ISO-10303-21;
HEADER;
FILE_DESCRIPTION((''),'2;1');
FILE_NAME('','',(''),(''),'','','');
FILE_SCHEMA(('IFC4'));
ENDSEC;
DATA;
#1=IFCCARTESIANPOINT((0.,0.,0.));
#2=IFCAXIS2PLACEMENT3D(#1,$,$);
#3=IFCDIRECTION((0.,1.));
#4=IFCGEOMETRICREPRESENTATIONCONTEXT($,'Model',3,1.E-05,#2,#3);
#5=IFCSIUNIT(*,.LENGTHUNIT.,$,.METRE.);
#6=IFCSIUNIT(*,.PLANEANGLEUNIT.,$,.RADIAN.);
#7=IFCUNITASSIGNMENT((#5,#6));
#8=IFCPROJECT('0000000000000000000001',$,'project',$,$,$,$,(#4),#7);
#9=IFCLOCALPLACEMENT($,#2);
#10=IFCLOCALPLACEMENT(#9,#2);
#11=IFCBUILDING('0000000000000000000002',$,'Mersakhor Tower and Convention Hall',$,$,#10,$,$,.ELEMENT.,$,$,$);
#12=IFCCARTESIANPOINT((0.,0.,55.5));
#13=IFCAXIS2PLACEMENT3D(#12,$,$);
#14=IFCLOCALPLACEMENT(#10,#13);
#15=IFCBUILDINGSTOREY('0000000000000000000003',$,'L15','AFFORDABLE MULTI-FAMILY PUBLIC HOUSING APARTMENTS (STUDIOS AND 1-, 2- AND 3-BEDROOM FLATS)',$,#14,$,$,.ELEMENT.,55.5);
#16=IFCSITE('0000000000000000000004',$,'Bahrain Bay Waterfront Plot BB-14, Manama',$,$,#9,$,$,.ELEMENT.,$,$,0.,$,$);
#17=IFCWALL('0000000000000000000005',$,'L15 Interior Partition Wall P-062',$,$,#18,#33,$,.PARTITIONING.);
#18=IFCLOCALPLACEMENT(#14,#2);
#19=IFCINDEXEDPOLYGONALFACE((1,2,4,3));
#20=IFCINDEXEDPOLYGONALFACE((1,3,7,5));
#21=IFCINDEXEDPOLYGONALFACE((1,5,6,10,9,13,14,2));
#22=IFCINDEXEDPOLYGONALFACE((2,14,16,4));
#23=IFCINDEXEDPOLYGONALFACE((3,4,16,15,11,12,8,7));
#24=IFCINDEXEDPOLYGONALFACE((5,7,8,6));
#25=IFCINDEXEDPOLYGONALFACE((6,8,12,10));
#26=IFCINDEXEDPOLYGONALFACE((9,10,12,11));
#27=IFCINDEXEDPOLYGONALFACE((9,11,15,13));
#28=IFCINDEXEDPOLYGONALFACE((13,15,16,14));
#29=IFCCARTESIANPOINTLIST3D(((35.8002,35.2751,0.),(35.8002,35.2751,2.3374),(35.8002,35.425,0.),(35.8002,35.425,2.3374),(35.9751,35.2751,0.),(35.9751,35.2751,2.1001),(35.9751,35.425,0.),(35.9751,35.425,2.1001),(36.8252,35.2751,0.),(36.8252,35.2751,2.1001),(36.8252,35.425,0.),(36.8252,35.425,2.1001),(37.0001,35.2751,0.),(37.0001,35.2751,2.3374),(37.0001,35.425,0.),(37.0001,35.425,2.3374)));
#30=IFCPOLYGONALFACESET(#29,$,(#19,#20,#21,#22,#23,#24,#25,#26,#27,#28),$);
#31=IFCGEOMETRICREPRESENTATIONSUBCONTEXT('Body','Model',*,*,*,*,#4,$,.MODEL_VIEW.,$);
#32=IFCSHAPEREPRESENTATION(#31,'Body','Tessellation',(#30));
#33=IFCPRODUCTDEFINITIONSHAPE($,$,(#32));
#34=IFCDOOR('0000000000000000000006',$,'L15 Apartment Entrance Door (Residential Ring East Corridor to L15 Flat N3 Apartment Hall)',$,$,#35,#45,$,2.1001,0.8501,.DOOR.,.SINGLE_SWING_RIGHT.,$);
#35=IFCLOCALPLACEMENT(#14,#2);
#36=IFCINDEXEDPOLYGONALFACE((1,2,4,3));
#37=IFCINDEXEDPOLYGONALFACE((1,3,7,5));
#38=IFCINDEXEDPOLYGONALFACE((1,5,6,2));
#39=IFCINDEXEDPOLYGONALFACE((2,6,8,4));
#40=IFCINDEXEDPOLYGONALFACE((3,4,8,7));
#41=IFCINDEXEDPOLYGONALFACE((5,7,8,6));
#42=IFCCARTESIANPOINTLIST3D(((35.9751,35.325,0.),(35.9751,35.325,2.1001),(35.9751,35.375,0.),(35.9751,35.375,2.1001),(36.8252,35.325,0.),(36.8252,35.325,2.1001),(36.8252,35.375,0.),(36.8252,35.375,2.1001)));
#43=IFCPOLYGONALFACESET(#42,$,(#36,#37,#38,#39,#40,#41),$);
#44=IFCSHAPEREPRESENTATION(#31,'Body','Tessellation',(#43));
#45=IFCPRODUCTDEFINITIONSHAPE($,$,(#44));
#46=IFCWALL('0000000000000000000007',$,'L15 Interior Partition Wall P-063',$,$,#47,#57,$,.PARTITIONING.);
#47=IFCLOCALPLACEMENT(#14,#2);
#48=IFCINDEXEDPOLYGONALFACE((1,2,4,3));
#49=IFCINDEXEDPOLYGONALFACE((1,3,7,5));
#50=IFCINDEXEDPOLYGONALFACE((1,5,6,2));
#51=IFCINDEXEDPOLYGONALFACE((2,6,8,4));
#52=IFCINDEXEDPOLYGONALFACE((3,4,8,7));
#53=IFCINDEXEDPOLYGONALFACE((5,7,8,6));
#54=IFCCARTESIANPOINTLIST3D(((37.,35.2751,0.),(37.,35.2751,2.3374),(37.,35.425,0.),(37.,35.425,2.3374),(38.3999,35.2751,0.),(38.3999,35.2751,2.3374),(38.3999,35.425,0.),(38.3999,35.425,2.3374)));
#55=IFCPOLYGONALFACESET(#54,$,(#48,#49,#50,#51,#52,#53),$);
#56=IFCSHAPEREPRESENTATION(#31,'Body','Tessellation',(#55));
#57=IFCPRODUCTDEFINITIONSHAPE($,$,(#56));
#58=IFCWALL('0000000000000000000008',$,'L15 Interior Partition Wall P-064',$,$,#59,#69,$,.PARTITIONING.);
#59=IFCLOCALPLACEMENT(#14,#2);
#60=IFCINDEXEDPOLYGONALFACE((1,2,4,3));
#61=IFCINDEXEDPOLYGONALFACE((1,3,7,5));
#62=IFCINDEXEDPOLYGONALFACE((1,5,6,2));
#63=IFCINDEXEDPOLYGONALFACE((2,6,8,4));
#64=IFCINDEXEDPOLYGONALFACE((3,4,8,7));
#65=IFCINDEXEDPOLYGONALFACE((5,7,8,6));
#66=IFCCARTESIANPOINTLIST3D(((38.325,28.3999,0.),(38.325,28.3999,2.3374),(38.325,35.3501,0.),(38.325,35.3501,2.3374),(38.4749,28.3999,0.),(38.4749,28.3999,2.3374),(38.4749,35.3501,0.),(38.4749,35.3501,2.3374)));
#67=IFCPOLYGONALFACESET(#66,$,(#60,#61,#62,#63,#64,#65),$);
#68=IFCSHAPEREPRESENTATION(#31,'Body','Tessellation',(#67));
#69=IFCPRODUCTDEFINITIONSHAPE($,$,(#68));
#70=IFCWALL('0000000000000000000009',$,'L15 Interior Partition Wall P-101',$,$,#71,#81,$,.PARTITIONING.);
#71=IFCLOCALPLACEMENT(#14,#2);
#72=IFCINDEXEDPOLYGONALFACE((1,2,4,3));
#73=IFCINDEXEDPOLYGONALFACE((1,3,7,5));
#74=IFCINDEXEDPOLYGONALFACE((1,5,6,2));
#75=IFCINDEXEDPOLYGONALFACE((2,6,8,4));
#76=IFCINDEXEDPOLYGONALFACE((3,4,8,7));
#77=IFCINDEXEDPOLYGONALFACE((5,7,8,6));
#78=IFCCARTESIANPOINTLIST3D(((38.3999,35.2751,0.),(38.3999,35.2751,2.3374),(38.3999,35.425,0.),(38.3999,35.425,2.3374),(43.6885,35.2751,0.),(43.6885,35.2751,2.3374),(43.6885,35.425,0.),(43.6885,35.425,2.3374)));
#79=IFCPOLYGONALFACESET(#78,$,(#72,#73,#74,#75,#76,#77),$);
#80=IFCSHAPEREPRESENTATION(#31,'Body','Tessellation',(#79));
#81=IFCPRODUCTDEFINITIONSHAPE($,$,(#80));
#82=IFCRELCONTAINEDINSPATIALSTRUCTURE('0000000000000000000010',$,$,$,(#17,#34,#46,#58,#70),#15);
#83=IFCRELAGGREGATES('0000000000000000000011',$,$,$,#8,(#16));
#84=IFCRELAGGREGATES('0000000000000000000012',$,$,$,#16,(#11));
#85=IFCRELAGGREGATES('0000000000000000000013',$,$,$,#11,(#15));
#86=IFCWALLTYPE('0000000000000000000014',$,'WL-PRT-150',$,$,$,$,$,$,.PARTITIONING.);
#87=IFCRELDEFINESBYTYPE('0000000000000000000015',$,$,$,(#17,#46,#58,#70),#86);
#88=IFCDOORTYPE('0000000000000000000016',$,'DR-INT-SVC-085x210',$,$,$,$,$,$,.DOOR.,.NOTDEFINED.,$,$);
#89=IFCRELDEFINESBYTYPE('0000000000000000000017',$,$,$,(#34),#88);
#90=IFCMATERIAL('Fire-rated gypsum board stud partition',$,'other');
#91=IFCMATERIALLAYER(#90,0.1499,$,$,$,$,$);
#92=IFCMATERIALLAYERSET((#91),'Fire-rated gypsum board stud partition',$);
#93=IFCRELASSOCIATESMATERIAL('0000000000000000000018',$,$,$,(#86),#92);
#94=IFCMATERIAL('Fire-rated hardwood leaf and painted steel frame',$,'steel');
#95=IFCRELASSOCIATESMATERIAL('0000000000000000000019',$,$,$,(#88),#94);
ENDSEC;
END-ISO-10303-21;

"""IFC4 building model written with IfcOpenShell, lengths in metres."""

from ifc_helpers import new_model, si_unit, direction, frame, frame_2d, origin, place, context, subcontext, project, spatial, rectangle, extrude, material, layer, layer_set, type_object, element, fill, save


model = new_model("IFC4")

# Units and contexts
model_context = context("Model", 3, precision=1e-05, world=origin(), true_north=direction((0.0, 1.0)))
body_context = subcontext(model_context, "Body", "Model", "MODEL_VIEW")
ifc_project = project(units=[si_unit("LENGTHUNIT", "METRE"), si_unit("PLANEANGLEUNIT", "RADIAN")], contexts=[model_context])

# Site, building, storey
site_placement = place(None, origin())
site = spatial("IfcSite", under=ifc_project, at=site_placement, Name="Bahrain Bay Waterfront Plot BB-14, Manama", CompositionType="ELEMENT", RefElevation=0.0)
building_placement = place(site_placement, origin())
building = spatial("IfcBuilding", under=site, at=building_placement, Name="Mersakhor Tower and Convention Hall", CompositionType="ELEMENT")
storey_placement = place(building_placement, frame((0.0, 0.0, 55.5)))
storey = spatial("IfcBuildingStorey", under=building, at=storey_placement, Name="L15", Description="AFFORDABLE MULTI-FAMILY PUBLIC HOUSING APARTMENTS (STUDIOS AND 1-, 2- AND 3-BEDROOM FLATS)", CompositionType="ELEMENT", Elevation=55.5)

# Shared definitions
ifc_material_1 = material(Name="Fire-rated gypsum board stud partition", Category="other")
ifc_layer_1 = layer(ifc_material_1, 0.1499)
ifc_layer_set_1 = layer_set([ifc_layer_1], Name="Fire-rated gypsum board stud partition")
wall_type_1 = type_object("IfcWallType", Name="WL-PRT-150", PredefinedType="PARTITIONING", material=ifc_layer_set_1)

# Shared definitions
ifc_material_2 = material(Name="Fire-rated hardwood leaf and painted steel frame", Category="steel")
door_type_1 = type_object("IfcDoorType", Name="DR-INT-SVC-085x210", OperationType="NOTDEFINED", PredefinedType="DOOR", material=ifc_material_2)

# Wall, opening, door
wall_1_placement = place(storey_placement, frame((35.8, 35.3501, 0.0), z_axis=(0.0, 0.0, 1.0), x_axis=(1.0, 0.0, 0.0)))
wall_1 = element("IfcWall", 1, at=wall_1_placement, inside=storey, type_object=wall_type_1, Name="L15 Interior Partition Wall P-062", PredefinedType="PARTITIONING", context=body_context, shape_type="SweptSolid", body=[
    extrude(rectangle(XDim=1.2, YDim=0.1499, at=frame_2d((0.6001, 0.0))), origin(), (0.0, 0.0, 1.0), 2.3374),
])
opening_1_placement = place(wall_1_placement, frame((0.175, 0.0, 0.0)))
opening_1 = element("IfcOpeningElement", 2, at=opening_1_placement, cuts=wall_1, PredefinedType="OPENING", context=body_context, shape_type="SweptSolid", body=[
    extrude(rectangle(XDim=0.8501, YDim=2.1001, at=frame_2d((0.425, 1.05))), frame((0.0, 0.085, 0.0), z_axis=(0.0, -1.0, 0.0), x_axis=(1.0, 0.0, 0.0)), (0.0, 0.0, 1.0), 0.1699),
])
door_1_placement = place(opening_1_placement, origin())
door_1 = element("IfcDoor", 3, at=door_1_placement, inside=storey, type_object=door_type_1, Name="L15 Apartment Entrance Door (Residential Ring East Corridor to L15 Flat N3 Apartment Hall)", OperationType="SINGLE_SWING_RIGHT", OverallHeight=2.1001, OverallWidth=0.8501, PredefinedType="DOOR", context=body_context, shape_type="SweptSolid", body=[
    extrude(rectangle(XDim=0.8501, YDim=2.1001, at=frame_2d((0.425, 1.05))), frame((0.0, 0.0249, 0.0), z_axis=(0.0, -1.0, 0.0), x_axis=(1.0, 0.0, 0.0)), (0.0, 0.0, 1.0), 0.05),
])
fill(opening_1, door_1)

# Walls
wall_2_placement = place(storey_placement, frame((37.0, 35.3501, 0.0), z_axis=(0.0, 0.0, 1.0), x_axis=(1.0, 0.0, 0.0)))
element("IfcWall", 4, at=wall_2_placement, inside=storey, type_object=wall_type_1, Name="L15 Interior Partition Wall P-063", PredefinedType="PARTITIONING", context=body_context, shape_type="SweptSolid", body=[
    extrude(rectangle(XDim=1.3999, YDim=0.1499, at=frame_2d((0.7, 0.0))), origin(), (0.0, 0.0, 1.0), 2.3374),
])
wall_3_placement = place(storey_placement, frame((38.3999, 35.3501, 0.0), z_axis=(0.0, 0.0, 1.0), x_axis=(0.0, -1.0, 0.0)))
element("IfcWall", 5, at=wall_3_placement, inside=storey, type_object=wall_type_1, Name="L15 Interior Partition Wall P-064", PredefinedType="PARTITIONING", context=body_context, shape_type="SweptSolid", body=[
    extrude(rectangle(XDim=6.9502, YDim=0.1499, at=frame_2d((3.4751, 0.0))), origin(), (0.0, 0.0, 1.0), 2.3374),
])
wall_4_placement = place(storey_placement, frame((43.6885, 35.3501, 0.0), z_axis=(0.0, 0.0, 1.0), x_axis=(-1.0, 0.0, 0.0)))
element("IfcWall", 6, at=wall_4_placement, inside=storey, type_object=wall_type_1, Name="L15 Interior Partition Wall P-101", PredefinedType="PARTITIONING", context=body_context, shape_type="SweptSolid", body=[
    extrude(rectangle(XDim=5.2886, YDim=0.1499, at=frame_2d((2.6443, 0.0))), origin(), (0.0, 0.0, 1.0), 2.3374),
])

save(model, "model.ifc")
